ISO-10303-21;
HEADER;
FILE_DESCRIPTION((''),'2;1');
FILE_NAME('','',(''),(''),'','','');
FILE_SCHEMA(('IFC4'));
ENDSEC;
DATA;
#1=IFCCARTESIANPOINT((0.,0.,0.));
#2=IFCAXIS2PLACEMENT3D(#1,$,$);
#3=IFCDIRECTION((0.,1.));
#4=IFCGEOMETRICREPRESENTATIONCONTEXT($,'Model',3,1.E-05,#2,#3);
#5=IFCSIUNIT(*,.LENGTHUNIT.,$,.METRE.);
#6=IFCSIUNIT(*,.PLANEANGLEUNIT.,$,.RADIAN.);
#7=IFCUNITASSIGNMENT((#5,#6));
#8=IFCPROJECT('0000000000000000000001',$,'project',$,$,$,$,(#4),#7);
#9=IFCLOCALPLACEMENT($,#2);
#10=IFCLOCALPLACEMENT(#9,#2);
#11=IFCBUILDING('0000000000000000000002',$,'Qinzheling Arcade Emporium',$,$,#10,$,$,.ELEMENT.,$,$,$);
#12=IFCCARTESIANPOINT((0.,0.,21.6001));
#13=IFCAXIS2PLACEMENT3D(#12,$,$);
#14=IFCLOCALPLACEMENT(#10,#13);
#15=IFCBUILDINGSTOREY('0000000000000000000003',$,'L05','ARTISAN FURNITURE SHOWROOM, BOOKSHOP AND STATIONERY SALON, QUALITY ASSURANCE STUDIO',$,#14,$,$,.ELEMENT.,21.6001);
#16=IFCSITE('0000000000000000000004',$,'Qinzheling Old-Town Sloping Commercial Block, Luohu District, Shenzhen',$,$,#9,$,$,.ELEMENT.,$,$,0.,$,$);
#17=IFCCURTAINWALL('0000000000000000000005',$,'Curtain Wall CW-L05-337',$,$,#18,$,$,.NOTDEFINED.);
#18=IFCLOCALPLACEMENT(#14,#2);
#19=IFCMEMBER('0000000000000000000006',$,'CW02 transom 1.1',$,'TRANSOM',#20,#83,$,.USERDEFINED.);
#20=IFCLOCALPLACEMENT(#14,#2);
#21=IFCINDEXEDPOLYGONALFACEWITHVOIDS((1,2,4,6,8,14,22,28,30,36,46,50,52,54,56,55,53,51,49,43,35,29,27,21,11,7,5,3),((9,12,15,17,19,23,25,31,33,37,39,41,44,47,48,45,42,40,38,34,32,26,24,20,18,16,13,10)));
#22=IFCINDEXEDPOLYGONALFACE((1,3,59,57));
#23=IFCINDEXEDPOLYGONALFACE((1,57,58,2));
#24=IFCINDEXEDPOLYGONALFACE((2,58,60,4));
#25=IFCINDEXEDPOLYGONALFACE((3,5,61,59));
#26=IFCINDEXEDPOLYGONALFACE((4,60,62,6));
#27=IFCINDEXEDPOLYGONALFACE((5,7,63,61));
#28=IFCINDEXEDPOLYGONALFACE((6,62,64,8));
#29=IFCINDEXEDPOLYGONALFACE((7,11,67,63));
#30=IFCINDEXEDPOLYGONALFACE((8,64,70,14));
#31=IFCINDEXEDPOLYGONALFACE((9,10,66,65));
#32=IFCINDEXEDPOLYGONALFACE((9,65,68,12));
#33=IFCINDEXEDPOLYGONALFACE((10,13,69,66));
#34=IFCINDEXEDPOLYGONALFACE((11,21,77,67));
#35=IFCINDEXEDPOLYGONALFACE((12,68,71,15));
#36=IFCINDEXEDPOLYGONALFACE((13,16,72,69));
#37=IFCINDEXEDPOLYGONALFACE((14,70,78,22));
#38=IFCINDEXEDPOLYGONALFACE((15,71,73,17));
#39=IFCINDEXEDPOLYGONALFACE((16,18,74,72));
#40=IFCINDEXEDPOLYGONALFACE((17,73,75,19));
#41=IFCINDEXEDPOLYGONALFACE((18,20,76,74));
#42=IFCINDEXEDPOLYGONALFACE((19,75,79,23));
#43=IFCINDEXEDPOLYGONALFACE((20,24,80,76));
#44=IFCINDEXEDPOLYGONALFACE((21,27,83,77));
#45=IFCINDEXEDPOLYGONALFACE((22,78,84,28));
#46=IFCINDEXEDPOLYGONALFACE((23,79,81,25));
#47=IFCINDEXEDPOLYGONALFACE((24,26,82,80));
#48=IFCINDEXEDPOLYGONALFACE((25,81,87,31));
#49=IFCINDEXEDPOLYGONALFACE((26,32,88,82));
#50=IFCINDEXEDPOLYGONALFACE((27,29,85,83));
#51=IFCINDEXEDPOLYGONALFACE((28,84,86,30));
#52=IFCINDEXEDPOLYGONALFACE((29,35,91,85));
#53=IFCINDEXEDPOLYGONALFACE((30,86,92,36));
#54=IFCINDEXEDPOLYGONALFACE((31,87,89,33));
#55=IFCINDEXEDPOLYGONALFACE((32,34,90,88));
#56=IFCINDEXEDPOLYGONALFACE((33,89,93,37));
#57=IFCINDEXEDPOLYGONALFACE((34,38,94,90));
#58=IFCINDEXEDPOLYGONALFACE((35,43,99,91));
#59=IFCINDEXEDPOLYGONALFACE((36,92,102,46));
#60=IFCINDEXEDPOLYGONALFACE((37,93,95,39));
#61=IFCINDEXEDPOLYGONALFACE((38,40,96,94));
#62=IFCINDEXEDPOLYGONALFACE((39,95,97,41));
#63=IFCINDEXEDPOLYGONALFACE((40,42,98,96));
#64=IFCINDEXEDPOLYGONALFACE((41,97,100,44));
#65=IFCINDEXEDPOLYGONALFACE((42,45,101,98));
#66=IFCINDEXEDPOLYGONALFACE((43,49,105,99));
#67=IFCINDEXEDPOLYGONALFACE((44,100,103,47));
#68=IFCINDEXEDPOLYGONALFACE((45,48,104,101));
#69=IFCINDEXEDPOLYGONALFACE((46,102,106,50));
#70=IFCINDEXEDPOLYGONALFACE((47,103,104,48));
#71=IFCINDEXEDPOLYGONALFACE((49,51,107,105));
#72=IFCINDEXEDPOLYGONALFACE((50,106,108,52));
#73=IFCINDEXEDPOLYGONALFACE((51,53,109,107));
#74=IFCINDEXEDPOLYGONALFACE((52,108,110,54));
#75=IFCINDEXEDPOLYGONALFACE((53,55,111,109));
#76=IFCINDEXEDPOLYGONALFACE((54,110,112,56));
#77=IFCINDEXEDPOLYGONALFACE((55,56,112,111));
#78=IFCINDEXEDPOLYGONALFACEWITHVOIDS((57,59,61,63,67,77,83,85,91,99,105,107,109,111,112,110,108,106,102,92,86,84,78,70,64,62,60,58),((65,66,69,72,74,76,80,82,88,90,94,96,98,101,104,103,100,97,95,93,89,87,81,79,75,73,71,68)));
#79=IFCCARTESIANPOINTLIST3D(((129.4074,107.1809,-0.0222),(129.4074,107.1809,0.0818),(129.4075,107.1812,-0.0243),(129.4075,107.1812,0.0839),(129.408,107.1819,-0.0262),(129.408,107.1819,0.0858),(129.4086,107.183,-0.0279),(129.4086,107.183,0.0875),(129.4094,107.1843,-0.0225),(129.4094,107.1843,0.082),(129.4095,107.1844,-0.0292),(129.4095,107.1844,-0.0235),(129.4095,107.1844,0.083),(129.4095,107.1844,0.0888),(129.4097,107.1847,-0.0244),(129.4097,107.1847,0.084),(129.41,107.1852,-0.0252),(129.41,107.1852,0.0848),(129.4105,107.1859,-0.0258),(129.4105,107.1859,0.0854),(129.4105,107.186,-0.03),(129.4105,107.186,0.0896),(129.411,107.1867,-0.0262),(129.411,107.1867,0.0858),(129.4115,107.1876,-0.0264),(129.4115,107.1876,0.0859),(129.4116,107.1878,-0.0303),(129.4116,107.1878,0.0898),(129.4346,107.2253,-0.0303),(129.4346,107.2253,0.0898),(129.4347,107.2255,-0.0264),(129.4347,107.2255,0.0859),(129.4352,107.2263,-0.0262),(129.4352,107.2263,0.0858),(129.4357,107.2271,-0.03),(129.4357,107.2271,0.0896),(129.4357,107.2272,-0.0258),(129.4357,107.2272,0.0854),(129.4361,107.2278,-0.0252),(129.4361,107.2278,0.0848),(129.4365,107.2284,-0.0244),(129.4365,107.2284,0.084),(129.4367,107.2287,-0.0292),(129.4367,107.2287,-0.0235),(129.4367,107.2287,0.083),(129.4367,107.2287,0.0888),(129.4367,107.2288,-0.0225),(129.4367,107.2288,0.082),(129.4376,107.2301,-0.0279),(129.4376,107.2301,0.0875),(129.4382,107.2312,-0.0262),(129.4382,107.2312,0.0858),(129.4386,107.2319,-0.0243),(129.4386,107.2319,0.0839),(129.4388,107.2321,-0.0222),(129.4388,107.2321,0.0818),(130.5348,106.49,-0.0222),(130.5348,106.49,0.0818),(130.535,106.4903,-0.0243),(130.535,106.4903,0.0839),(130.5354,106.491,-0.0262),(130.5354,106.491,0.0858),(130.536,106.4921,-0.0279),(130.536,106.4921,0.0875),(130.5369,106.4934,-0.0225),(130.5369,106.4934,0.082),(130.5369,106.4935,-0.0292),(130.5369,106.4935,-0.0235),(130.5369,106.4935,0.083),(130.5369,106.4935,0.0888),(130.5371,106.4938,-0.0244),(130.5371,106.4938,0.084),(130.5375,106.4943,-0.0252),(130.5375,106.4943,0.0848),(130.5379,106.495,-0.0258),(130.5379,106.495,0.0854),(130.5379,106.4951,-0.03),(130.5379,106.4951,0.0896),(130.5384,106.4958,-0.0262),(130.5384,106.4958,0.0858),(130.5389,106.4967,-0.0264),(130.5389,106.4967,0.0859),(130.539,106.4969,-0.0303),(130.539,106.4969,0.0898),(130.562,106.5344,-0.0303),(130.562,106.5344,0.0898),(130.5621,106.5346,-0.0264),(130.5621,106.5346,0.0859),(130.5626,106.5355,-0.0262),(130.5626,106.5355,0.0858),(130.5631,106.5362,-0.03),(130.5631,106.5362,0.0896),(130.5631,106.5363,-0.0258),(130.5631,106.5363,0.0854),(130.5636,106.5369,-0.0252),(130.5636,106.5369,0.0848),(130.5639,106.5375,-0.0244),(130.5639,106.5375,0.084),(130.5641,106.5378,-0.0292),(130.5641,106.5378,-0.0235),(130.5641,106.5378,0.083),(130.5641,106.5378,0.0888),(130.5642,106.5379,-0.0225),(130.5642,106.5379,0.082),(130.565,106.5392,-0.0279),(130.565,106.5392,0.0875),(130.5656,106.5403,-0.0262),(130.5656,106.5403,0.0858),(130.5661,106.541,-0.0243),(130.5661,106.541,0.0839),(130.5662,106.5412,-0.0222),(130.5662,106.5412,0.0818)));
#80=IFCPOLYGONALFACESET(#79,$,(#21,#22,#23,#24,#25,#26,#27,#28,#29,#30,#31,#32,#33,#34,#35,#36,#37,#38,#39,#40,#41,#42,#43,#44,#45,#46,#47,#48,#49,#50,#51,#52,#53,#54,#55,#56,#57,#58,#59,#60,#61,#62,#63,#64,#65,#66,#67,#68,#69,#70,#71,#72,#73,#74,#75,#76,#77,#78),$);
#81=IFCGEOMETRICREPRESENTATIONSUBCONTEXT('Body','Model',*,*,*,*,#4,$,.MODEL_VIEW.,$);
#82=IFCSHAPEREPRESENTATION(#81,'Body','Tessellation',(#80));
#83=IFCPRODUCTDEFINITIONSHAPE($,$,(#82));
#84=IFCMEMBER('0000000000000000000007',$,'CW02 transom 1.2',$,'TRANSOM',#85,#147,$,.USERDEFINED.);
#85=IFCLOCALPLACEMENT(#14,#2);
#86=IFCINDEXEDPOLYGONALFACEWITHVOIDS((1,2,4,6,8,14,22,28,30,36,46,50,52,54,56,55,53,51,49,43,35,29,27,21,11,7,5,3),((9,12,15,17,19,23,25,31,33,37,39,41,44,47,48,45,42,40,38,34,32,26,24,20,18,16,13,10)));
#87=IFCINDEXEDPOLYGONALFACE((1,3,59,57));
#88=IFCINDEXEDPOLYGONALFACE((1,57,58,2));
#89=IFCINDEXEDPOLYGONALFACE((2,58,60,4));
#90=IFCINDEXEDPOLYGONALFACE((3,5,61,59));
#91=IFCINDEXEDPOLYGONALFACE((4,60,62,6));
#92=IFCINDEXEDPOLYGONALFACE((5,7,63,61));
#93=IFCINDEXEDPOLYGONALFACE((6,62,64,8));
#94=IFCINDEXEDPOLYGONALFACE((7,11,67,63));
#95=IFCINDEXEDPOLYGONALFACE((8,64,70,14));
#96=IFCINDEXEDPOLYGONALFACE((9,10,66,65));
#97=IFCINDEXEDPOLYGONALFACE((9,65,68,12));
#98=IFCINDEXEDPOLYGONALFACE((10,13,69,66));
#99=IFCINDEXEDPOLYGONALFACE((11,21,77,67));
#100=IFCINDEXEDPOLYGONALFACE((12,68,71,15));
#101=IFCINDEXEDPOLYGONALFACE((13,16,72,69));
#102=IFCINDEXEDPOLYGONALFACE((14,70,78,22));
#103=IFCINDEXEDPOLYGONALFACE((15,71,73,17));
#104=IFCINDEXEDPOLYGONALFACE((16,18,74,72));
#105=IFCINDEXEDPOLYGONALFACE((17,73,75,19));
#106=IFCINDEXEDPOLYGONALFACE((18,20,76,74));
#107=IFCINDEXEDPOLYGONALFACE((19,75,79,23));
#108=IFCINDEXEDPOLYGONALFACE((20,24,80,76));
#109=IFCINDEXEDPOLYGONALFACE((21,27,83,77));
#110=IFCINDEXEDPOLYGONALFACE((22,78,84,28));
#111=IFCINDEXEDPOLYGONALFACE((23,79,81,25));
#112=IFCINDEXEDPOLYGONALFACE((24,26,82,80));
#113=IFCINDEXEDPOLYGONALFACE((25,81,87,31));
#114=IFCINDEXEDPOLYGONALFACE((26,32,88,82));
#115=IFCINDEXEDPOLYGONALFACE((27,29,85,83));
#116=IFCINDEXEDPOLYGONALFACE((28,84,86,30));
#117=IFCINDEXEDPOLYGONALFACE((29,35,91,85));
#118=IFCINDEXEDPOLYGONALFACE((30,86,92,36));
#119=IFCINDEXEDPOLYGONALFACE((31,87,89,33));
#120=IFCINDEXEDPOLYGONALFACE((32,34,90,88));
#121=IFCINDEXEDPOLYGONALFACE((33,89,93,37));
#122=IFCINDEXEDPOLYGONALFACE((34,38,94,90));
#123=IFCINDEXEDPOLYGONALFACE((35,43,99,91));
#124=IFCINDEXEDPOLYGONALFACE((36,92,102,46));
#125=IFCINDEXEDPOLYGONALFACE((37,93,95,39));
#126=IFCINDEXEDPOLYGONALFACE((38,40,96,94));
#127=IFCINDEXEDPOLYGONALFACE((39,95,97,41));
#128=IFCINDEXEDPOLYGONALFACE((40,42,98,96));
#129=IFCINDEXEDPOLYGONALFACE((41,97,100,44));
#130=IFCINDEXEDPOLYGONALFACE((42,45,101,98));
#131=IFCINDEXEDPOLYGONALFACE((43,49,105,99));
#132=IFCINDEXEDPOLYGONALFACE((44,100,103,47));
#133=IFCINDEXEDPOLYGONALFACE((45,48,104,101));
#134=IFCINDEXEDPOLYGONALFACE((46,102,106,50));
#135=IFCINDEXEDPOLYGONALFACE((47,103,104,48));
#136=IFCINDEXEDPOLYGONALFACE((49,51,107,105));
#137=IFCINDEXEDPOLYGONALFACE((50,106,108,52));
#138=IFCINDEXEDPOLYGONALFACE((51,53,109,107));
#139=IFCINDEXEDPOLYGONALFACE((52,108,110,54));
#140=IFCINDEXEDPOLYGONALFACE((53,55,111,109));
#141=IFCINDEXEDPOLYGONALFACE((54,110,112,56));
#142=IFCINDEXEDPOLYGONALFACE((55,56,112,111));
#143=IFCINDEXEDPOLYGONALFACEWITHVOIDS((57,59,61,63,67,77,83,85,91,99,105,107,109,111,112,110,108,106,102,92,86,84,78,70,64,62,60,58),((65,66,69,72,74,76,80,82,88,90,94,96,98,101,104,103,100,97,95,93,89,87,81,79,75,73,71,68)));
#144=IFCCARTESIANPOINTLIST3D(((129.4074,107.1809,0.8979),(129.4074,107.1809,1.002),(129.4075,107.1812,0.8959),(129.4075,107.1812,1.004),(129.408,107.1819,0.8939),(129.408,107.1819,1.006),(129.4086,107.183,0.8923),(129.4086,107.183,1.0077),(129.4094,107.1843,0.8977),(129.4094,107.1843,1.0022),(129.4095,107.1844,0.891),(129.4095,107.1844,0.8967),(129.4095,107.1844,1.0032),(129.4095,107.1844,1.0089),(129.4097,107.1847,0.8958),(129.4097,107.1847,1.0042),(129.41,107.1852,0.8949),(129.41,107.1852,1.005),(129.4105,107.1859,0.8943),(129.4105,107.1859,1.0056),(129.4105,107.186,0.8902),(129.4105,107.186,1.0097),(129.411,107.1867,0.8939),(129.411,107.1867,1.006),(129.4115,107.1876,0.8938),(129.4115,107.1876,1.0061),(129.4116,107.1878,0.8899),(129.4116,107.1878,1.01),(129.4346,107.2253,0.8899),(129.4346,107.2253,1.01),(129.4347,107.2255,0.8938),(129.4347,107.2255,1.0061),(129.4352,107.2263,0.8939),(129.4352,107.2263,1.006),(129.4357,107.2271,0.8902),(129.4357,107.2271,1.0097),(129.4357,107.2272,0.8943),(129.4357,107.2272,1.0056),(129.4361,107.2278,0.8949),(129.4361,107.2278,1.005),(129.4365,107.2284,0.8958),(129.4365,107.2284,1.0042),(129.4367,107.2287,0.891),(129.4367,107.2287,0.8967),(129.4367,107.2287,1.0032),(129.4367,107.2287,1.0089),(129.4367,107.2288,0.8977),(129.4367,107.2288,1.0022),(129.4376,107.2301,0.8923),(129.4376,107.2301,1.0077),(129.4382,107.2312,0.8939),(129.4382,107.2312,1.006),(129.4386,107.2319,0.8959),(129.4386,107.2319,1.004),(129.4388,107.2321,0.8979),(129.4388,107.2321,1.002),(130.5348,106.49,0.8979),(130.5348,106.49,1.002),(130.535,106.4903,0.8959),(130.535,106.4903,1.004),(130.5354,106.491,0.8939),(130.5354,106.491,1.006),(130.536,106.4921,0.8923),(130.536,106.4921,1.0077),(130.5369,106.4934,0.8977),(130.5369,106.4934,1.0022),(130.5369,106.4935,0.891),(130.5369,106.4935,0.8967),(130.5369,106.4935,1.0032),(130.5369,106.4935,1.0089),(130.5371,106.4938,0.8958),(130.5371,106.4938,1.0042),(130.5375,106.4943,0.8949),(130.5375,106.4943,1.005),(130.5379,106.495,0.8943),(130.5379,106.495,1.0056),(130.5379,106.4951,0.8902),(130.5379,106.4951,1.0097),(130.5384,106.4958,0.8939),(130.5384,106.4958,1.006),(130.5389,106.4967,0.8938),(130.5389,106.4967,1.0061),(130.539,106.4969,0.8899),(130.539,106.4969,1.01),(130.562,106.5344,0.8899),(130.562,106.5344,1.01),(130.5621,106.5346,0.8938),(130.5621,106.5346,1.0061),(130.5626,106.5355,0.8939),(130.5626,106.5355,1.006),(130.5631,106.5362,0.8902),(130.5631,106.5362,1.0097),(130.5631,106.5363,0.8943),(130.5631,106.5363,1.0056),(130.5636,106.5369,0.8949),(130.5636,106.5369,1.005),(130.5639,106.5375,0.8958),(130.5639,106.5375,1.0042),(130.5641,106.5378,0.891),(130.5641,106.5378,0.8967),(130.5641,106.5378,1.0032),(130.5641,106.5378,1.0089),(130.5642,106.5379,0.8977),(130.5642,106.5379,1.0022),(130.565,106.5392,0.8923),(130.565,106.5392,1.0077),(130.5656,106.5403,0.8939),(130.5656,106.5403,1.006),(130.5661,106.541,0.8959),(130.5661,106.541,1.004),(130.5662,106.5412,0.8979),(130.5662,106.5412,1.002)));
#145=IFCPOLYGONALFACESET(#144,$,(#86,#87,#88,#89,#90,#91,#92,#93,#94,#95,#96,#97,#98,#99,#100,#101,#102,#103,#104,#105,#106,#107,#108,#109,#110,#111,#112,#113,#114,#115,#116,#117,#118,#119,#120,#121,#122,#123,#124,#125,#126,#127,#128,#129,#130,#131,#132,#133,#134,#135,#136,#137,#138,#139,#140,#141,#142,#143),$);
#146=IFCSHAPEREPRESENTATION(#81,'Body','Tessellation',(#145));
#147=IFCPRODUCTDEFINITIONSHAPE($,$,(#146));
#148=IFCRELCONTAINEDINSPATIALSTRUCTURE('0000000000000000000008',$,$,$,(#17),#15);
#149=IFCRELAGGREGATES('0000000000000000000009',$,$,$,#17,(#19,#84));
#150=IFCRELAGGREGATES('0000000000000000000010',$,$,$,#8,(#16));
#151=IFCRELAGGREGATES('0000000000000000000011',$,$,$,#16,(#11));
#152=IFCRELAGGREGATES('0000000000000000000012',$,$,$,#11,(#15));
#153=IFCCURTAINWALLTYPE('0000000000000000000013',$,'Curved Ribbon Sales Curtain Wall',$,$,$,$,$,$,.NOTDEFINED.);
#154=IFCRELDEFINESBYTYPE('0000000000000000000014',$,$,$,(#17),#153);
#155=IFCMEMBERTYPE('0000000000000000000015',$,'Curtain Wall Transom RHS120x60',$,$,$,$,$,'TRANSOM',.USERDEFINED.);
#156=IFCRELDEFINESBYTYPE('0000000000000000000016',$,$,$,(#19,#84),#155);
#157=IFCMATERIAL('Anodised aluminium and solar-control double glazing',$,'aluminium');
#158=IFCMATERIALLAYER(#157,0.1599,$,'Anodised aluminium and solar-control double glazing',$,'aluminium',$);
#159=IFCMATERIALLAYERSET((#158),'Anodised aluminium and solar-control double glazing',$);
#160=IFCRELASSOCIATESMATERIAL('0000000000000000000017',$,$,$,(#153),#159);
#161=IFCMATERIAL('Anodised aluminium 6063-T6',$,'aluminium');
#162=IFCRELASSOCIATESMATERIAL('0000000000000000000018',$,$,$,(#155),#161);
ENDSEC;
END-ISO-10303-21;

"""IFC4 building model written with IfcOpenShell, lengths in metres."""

from ifc_helpers import new_model, si_unit, direction, frame, origin, origin_2d, place, context, subcontext, project, spatial, hollow_rectangle, extrude, material, layer, layer_set, material_profile, profile_set, type_object, element, aggregate, save


model = new_model("IFC4")

# Units and contexts
model_context = context("Model", 3, precision=1e-05, world=origin(), true_north=direction((0.0, 1.0)))
body_context = subcontext(model_context, "Body", "Model", "MODEL_VIEW")
ifc_project = project(units=[si_unit("LENGTHUNIT", "METRE"), si_unit("PLANEANGLEUNIT", "RADIAN")], contexts=[model_context])

# Site, building, storey
site_placement = place(None, origin())
site = spatial("IfcSite", under=ifc_project, at=site_placement, Name="Qinzheling Old-Town Sloping Commercial Block, Luohu District, Shenzhen", CompositionType="ELEMENT", RefElevation=0.0)
building_placement = place(site_placement, origin())
building = spatial("IfcBuilding", under=site, at=building_placement, Name="Qinzheling Arcade Emporium", CompositionType="ELEMENT")
storey_placement = place(building_placement, frame((0.0, 0.0, 21.6001)))
storey = spatial("IfcBuildingStorey", under=building, at=storey_placement, Name="L05", Description="ARTISAN FURNITURE SHOWROOM, BOOKSHOP AND STATIONERY SALON, QUALITY ASSURANCE STUDIO", CompositionType="ELEMENT", Elevation=21.6001)

# Shared definitions
ifc_material_1 = material(Name="Anodised aluminium and solar-control double glazing", Category="aluminium")
ifc_layer_1 = layer(ifc_material_1, 0.1599, Name="Anodised aluminium and solar-control double glazing", Category="aluminium")
ifc_layer_set_1 = layer_set([ifc_layer_1], Name="Anodised aluminium and solar-control double glazing")
curtain_wall_type = type_object("IfcCurtainWallType", Name="Curved Ribbon Sales Curtain Wall", PredefinedType="NOTDEFINED", material=ifc_layer_set_1)
ifc_material_2 = material(Name="Anodised aluminium 6063-T6", Category="aluminium")

# Curtain wall
curtain_wall_1_placement = place(storey_placement, origin())
curtain_wall_1 = element("IfcCurtainWall", 1, at=curtain_wall_1_placement, inside=storey, type_object=curtain_wall_type, Name="Curtain Wall CW-L05-337", PredefinedType="NOTDEFINED")

# Members
ifc_material_profile_1 = material_profile(ifc_material_2, hollow_rectangle(XDim=0.0601, YDim=0.1201, WallThickness=0.0039, InnerFilletRadius=0.0039, OuterFilletRadius=0.0081, at=origin_2d()), Name="RHS 120x60x4", Category="aluminium")
ifc_profile_set_1 = profile_set([ifc_material_profile_1], Name="Anodised aluminium 6063-T6")
member_type_1 = type_object("IfcMemberType", Name="Curtain Wall Transom RHS120x60", ElementType="TRANSOM", PredefinedType="USERDEFINED", material=ifc_profile_set_1)
member_1_placement = place(storey_placement, frame((129.4231, 107.2065, 0.0298), z_axis=(0.852633, -0.52251, 0.0), x_axis=(0.52251, 0.852633, 0.0)))
member_1 = element("IfcMember", 2, at=member_1_placement, type_object=member_type_1, Name="CW02 transom 1.1", ObjectType="TRANSOM", PredefinedType="USERDEFINED", context=body_context, shape_type="SweptSolid", body=[
    extrude(hollow_rectangle(XDim=0.0601, YDim=0.1201, WallThickness=0.0039, InnerFilletRadius=0.0039, OuterFilletRadius=0.0081, at=origin_2d()), origin(), (0.0, 0.0, 1.0), 1.3223),
])
member_2_placement = place(storey_placement, frame((129.4231, 107.2065, 0.95), z_axis=(0.852633, -0.52251, 0.0), x_axis=(0.52251, 0.852633, 0.0)))
member_2 = element("IfcMember", 3, at=member_2_placement, type_object=member_type_1, Name="CW02 transom 1.2", ObjectType="TRANSOM", PredefinedType="USERDEFINED", context=body_context, shape_type="SweptSolid", body=[
    extrude(hollow_rectangle(XDim=0.0601, YDim=0.1201, WallThickness=0.0039, InnerFilletRadius=0.0039, OuterFilletRadius=0.0081, at=origin_2d()), origin(), (0.0, 0.0, 1.0), 1.3223),
])

aggregate(curtain_wall_1, [member_1, member_2])

save(model, "model.ifc")
